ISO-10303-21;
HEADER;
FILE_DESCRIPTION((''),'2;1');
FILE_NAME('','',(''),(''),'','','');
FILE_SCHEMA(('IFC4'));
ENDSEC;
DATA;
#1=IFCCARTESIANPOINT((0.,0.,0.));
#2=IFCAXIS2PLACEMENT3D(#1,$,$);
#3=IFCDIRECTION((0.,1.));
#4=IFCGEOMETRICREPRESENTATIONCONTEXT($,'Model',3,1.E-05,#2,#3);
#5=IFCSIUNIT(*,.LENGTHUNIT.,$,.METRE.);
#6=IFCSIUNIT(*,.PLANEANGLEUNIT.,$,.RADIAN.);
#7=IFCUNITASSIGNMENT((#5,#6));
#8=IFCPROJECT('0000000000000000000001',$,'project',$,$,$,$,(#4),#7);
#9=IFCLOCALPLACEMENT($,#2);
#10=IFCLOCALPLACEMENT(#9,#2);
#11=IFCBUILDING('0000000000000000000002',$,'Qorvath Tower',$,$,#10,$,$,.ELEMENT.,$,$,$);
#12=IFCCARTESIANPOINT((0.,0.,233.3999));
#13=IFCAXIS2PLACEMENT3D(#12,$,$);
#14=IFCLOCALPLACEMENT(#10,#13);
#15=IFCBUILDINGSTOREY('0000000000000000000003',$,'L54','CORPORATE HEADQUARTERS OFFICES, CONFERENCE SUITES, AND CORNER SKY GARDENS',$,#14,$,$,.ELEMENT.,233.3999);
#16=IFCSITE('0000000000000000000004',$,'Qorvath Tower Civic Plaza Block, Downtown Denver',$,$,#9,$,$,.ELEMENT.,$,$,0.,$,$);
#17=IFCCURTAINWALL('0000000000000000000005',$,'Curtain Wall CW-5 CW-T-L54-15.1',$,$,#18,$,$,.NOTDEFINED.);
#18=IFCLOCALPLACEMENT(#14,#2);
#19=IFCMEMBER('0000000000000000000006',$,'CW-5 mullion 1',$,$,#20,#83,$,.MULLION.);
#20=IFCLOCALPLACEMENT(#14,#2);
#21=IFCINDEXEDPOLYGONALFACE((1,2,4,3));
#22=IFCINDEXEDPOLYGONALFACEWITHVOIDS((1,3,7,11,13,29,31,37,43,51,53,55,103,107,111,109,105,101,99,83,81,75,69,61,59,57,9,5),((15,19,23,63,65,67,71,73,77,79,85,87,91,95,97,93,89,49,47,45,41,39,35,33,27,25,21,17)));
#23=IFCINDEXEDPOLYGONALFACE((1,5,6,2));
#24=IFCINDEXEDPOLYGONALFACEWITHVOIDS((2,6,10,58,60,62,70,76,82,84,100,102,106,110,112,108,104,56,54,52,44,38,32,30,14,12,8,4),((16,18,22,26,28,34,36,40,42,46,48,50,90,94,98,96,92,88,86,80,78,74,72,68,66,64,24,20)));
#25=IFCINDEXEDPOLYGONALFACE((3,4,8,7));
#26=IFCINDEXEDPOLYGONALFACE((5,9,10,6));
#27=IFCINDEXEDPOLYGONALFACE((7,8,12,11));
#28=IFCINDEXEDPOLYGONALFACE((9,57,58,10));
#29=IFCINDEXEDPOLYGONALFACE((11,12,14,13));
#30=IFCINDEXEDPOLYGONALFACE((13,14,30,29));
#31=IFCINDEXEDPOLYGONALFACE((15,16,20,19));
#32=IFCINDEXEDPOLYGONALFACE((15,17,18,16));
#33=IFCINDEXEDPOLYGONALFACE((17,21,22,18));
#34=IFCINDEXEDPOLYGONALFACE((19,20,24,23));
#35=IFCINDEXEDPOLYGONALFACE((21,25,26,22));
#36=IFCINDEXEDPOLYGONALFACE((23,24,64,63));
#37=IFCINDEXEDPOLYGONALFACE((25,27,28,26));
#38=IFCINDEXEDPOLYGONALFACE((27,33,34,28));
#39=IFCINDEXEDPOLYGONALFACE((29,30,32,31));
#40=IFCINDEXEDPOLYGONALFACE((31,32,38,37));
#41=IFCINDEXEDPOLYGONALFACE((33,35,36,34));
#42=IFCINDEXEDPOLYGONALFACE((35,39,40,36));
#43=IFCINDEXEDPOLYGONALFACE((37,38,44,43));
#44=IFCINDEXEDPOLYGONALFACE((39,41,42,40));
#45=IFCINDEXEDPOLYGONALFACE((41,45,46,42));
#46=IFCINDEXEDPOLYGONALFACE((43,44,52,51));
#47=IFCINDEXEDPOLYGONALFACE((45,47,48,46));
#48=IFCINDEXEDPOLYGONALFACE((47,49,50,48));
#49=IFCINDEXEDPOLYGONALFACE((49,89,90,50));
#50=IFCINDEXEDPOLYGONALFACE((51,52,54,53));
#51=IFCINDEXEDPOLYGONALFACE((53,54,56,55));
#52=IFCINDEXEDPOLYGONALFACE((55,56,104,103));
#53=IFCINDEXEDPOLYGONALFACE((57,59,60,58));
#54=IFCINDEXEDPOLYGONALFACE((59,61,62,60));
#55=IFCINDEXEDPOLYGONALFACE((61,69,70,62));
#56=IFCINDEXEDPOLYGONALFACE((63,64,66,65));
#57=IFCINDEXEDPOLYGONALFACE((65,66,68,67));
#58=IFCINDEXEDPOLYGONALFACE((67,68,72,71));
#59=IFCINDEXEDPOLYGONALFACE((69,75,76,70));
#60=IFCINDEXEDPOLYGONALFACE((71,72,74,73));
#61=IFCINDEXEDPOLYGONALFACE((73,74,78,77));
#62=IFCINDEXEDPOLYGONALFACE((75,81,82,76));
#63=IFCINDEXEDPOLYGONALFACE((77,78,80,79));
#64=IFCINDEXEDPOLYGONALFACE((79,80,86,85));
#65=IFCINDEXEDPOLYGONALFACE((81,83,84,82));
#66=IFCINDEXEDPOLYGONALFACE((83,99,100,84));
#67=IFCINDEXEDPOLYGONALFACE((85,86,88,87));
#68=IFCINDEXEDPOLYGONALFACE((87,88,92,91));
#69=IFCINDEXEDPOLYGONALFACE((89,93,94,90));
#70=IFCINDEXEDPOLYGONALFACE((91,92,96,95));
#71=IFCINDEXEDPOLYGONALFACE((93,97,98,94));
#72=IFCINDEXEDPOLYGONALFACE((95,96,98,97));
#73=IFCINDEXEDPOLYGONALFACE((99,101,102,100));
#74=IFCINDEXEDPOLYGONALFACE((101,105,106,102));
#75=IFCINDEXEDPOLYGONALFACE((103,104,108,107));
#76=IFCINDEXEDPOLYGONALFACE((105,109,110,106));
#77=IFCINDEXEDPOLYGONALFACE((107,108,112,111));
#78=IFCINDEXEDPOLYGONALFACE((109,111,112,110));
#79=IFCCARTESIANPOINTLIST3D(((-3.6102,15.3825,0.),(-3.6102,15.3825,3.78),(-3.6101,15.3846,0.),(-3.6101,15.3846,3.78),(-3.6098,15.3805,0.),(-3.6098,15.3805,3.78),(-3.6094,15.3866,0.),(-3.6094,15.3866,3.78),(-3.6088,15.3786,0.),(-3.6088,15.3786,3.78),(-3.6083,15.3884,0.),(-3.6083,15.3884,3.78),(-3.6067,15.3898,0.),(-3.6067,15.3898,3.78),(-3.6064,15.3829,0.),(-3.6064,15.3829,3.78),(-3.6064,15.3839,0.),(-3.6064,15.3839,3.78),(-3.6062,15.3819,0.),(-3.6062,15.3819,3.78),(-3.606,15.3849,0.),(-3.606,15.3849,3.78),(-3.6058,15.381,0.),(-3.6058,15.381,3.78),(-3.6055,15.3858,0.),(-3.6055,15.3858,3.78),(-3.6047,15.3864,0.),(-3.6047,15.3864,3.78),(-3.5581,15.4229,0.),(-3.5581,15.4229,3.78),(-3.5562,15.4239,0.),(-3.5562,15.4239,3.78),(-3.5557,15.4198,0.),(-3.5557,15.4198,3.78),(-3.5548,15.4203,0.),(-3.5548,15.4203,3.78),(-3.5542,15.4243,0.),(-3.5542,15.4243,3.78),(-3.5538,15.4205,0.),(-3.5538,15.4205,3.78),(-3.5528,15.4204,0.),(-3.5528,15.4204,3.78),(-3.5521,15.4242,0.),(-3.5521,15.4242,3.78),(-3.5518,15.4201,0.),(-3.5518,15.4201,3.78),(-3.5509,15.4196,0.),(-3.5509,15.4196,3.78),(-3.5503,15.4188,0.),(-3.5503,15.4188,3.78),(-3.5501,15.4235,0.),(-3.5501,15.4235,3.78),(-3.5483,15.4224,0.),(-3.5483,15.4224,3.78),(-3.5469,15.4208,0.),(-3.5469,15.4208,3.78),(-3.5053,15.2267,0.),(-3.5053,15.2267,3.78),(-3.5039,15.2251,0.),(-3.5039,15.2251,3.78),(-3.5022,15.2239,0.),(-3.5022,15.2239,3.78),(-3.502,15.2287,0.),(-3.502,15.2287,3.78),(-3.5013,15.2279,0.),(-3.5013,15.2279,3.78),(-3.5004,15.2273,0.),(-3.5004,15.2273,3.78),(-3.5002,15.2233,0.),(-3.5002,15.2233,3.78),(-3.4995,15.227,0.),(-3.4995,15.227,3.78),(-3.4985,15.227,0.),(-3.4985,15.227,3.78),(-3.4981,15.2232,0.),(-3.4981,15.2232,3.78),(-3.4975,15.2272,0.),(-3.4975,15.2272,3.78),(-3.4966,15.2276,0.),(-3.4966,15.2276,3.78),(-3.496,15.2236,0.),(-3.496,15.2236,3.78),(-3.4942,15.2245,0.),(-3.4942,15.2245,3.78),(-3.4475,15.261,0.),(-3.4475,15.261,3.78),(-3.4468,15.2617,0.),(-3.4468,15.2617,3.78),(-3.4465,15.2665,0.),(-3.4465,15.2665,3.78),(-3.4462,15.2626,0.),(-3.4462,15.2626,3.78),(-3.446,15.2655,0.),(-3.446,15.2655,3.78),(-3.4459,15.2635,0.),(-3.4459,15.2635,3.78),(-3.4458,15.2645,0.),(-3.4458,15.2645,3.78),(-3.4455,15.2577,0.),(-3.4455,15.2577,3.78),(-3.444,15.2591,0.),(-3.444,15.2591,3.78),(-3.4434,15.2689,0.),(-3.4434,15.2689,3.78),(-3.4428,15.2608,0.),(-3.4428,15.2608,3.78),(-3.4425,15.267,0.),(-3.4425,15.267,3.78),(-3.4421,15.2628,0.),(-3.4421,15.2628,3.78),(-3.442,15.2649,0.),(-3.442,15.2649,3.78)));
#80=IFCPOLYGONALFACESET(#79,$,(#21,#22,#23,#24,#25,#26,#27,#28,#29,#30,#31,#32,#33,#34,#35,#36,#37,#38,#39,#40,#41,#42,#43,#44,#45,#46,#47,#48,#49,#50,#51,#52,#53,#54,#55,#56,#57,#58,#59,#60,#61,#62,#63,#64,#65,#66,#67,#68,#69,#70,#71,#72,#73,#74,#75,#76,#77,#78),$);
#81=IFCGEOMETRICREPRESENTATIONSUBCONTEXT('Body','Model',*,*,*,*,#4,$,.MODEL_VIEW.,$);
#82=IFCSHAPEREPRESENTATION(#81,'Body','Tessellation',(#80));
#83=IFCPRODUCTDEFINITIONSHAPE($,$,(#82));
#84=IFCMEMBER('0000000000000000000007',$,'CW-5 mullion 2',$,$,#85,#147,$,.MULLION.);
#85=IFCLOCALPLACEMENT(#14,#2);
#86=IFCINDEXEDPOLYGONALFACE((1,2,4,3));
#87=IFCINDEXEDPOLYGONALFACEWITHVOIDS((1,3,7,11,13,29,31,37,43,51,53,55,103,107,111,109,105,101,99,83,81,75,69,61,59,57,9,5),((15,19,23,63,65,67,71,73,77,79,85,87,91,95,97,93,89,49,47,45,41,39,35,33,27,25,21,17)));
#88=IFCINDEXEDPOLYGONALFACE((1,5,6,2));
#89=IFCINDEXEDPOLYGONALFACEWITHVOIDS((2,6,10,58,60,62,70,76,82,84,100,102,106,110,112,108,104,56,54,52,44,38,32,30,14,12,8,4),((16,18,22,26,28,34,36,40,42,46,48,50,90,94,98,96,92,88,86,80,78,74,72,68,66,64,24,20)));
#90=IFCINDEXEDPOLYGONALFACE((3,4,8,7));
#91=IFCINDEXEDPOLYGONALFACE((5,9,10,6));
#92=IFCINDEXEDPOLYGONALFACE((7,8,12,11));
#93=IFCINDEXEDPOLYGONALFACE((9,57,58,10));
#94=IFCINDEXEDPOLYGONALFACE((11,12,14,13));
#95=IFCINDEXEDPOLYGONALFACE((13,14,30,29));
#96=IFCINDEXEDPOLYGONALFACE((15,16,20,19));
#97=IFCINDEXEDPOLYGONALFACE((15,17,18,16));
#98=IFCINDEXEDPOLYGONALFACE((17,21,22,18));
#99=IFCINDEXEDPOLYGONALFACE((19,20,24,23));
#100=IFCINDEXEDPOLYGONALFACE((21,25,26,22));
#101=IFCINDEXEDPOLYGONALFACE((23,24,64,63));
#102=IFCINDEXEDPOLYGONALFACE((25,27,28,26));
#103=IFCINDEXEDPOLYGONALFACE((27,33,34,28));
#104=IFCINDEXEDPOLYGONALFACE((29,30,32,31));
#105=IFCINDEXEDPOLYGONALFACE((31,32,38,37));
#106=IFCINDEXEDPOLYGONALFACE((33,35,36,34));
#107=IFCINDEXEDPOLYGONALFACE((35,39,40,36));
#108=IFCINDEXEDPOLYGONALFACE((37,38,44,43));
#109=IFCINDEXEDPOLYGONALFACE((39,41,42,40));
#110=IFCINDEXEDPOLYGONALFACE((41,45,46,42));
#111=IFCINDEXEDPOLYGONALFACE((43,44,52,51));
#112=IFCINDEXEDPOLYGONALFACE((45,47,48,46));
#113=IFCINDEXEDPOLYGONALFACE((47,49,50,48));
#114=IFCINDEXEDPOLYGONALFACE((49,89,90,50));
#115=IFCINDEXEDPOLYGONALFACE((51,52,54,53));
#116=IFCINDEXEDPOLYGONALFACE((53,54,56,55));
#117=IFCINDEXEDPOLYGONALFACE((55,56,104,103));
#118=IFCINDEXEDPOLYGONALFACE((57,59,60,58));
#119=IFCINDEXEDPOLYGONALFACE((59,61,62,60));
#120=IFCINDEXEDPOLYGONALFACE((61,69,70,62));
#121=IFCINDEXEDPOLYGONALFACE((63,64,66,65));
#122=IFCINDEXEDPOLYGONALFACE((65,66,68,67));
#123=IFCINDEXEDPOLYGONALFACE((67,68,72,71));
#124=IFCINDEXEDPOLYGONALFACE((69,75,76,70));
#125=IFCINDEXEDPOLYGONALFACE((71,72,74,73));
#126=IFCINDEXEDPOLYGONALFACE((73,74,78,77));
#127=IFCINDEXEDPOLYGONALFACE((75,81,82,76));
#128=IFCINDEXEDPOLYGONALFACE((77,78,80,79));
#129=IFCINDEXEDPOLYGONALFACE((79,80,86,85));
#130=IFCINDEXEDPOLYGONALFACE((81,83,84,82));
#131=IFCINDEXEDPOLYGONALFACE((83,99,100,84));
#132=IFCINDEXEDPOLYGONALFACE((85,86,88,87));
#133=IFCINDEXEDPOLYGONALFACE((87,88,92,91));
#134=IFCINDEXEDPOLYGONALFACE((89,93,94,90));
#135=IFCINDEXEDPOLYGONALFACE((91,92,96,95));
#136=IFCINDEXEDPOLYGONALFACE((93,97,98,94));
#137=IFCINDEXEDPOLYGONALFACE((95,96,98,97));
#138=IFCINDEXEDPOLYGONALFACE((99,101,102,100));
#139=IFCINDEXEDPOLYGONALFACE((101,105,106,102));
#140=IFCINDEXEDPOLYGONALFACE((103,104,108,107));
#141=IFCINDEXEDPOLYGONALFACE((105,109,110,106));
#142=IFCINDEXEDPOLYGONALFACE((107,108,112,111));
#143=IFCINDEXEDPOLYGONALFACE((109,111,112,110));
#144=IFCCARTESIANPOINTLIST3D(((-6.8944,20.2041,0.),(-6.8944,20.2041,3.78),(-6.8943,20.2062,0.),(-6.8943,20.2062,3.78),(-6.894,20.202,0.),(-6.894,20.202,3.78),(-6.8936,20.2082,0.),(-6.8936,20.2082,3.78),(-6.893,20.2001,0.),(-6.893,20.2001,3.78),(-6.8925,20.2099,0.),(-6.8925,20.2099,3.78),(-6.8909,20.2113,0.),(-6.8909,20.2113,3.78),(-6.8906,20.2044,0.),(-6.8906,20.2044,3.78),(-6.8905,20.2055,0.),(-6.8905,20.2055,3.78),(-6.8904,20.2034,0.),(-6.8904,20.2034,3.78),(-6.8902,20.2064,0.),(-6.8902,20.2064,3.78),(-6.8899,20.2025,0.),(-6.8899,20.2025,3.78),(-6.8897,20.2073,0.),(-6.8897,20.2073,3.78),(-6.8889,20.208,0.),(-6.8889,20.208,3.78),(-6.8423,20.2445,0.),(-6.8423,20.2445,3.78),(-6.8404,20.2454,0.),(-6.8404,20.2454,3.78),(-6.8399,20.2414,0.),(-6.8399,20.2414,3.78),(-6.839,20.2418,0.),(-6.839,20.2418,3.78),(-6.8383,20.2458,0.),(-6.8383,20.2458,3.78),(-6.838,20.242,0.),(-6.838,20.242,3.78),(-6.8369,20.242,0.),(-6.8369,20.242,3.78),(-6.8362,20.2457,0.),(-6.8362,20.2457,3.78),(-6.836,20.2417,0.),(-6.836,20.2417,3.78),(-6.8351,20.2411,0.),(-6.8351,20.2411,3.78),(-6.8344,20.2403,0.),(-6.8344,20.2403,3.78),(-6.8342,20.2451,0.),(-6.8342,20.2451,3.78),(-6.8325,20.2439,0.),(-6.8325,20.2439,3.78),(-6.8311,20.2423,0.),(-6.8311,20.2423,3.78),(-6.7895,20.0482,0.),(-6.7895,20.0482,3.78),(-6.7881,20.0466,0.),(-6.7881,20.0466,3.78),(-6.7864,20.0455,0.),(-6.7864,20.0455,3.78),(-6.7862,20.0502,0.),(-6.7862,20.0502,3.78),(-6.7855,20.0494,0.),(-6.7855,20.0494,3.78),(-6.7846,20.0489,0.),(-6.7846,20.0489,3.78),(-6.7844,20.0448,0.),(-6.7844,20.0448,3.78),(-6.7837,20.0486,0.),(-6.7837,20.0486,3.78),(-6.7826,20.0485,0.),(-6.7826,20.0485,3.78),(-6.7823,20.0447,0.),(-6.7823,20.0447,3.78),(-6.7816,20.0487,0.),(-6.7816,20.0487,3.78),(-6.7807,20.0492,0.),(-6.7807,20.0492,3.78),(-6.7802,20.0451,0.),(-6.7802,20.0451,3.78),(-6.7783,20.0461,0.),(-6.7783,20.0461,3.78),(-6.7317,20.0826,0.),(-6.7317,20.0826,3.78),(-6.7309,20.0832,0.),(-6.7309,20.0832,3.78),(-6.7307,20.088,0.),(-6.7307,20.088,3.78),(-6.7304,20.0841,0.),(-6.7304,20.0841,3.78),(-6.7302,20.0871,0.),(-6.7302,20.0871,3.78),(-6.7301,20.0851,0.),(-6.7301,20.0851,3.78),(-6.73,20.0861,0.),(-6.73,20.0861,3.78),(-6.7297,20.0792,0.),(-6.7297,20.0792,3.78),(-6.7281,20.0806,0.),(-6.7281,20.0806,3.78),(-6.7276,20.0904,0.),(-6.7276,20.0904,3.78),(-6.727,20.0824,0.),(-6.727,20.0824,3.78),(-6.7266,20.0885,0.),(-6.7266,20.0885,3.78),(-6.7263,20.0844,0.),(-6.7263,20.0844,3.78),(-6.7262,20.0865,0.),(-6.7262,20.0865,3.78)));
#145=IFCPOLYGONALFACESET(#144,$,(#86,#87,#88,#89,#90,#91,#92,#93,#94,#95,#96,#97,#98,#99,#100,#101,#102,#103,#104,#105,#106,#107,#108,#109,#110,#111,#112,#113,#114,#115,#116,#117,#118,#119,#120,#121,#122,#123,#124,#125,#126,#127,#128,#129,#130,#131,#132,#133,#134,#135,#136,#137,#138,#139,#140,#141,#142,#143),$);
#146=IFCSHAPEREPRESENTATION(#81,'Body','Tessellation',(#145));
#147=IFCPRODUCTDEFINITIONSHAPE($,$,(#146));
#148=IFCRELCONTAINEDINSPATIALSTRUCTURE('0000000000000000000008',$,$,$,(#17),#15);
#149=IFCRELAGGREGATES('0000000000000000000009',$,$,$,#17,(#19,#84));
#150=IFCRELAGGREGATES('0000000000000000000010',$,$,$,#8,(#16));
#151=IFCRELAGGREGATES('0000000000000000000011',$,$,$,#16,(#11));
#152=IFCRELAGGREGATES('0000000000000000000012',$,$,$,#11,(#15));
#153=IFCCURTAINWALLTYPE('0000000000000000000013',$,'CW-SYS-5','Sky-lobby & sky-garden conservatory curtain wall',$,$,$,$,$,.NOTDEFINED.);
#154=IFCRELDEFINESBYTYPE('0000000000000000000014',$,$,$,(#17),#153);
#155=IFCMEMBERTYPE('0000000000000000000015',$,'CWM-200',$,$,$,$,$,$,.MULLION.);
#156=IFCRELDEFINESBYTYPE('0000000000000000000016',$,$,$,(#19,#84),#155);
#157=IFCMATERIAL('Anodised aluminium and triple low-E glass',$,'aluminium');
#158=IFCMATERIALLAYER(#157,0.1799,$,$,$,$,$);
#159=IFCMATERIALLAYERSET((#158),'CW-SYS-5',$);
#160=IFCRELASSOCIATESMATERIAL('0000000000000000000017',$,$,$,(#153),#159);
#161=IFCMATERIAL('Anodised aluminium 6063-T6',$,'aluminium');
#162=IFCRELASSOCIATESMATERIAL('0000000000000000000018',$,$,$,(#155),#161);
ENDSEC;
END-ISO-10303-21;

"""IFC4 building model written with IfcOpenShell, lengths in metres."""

from ifc_helpers import new_model, si_unit, direction, frame, origin, origin_2d, place, context, subcontext, project, spatial, hollow_rectangle, extrude, material, layer, layer_set, material_profile, profile_set, type_object, element, aggregate, save


model = new_model("IFC4")

# Units and contexts
model_context = context("Model", 3, precision=1e-05, world=origin(), true_north=direction((0.0, 1.0)))
body_context = subcontext(model_context, "Body", "Model", "MODEL_VIEW")
ifc_project = project(units=[si_unit("LENGTHUNIT", "METRE"), si_unit("PLANEANGLEUNIT", "RADIAN")], contexts=[model_context])

# Site, building, storey
site_placement = place(None, origin())
site = spatial("IfcSite", under=ifc_project, at=site_placement, Name="Qorvath Tower Civic Plaza Block, Downtown Denver", CompositionType="ELEMENT", RefElevation=0.0)
building_placement = place(site_placement, origin())
building = spatial("IfcBuilding", under=site, at=building_placement, Name="Qorvath Tower", CompositionType="ELEMENT")
storey_placement = place(building_placement, frame((0.0, 0.0, 233.3999)))
storey = spatial("IfcBuildingStorey", under=building, at=storey_placement, Name="L54", Description="CORPORATE HEADQUARTERS OFFICES, CONFERENCE SUITES, AND CORNER SKY GARDENS", CompositionType="ELEMENT", Elevation=233.3999)

# Shared definitions
ifc_material_1 = material(Name="Anodised aluminium and triple low-E glass", Category="aluminium")
ifc_layer_1 = layer(ifc_material_1, 0.1799)
ifc_layer_set_1 = layer_set([ifc_layer_1], Name="CW-SYS-5")
curtain_wall_type = type_object("IfcCurtainWallType", Name="CW-SYS-5", Description="Sky-lobby & sky-garden conservatory curtain wall", PredefinedType="NOTDEFINED", material=ifc_layer_set_1)
ifc_material_2 = material(Name="Anodised aluminium 6063-T6", Category="aluminium")
ifc_material_profile_1 = material_profile(ifc_material_2, hollow_rectangle(XDim=0.075, YDim=0.2, WallThickness=0.0039, InnerFilletRadius=0.0039, OuterFilletRadius=0.0081, at=origin_2d()), Name="CWM 200x75")
ifc_profile_set_1 = profile_set([ifc_material_profile_1], Name="Anodised aluminium 6063-T6")
member_type_1 = type_object("IfcMemberType", Name="CWM-200", PredefinedType="MULLION", material=ifc_profile_set_1)

# Curtain wall, members
curtain_wall_1_placement = place(storey_placement, origin())
curtain_wall_1 = element("IfcCurtainWall", 1, at=curtain_wall_1_placement, inside=storey, type_object=curtain_wall_type, Name="Curtain Wall CW-5 CW-T-L54-15.1", PredefinedType="NOTDEFINED")
member_1_placement = place(storey_placement, frame((-3.5261, 15.3237, 0.0), z_axis=(0.0, 0.0, 1.0), x_axis=(-0.826474, -0.562975, 0.0)))
member_1 = element("IfcMember", 2, at=member_1_placement, type_object=member_type_1, Name="CW-5 mullion 1", PredefinedType="MULLION", context=body_context, shape_type="SweptSolid", body=[
    extrude(hollow_rectangle(XDim=0.075, YDim=0.2, WallThickness=0.0039, InnerFilletRadius=0.0039, OuterFilletRadius=0.0081, at=origin_2d()), origin(), (0.0, 0.0, 1.0), 3.78),
])
member_2_placement = place(storey_placement, frame((-6.8103, 20.1453, 0.0), z_axis=(0.0, 0.0, 1.0), x_axis=(-0.826474, -0.562975, 0.0)))
member_2 = element("IfcMember", 3, at=member_2_placement, type_object=member_type_1, Name="CW-5 mullion 2", PredefinedType="MULLION", context=body_context, shape_type="SweptSolid", body=[
    extrude(hollow_rectangle(XDim=0.075, YDim=0.2, WallThickness=0.0039, InnerFilletRadius=0.0039, OuterFilletRadius=0.0081, at=origin_2d()), origin(), (0.0, 0.0, 1.0), 3.78),
])

aggregate(curtain_wall_1, [member_1, member_2])

save(model, "model.ifc")
